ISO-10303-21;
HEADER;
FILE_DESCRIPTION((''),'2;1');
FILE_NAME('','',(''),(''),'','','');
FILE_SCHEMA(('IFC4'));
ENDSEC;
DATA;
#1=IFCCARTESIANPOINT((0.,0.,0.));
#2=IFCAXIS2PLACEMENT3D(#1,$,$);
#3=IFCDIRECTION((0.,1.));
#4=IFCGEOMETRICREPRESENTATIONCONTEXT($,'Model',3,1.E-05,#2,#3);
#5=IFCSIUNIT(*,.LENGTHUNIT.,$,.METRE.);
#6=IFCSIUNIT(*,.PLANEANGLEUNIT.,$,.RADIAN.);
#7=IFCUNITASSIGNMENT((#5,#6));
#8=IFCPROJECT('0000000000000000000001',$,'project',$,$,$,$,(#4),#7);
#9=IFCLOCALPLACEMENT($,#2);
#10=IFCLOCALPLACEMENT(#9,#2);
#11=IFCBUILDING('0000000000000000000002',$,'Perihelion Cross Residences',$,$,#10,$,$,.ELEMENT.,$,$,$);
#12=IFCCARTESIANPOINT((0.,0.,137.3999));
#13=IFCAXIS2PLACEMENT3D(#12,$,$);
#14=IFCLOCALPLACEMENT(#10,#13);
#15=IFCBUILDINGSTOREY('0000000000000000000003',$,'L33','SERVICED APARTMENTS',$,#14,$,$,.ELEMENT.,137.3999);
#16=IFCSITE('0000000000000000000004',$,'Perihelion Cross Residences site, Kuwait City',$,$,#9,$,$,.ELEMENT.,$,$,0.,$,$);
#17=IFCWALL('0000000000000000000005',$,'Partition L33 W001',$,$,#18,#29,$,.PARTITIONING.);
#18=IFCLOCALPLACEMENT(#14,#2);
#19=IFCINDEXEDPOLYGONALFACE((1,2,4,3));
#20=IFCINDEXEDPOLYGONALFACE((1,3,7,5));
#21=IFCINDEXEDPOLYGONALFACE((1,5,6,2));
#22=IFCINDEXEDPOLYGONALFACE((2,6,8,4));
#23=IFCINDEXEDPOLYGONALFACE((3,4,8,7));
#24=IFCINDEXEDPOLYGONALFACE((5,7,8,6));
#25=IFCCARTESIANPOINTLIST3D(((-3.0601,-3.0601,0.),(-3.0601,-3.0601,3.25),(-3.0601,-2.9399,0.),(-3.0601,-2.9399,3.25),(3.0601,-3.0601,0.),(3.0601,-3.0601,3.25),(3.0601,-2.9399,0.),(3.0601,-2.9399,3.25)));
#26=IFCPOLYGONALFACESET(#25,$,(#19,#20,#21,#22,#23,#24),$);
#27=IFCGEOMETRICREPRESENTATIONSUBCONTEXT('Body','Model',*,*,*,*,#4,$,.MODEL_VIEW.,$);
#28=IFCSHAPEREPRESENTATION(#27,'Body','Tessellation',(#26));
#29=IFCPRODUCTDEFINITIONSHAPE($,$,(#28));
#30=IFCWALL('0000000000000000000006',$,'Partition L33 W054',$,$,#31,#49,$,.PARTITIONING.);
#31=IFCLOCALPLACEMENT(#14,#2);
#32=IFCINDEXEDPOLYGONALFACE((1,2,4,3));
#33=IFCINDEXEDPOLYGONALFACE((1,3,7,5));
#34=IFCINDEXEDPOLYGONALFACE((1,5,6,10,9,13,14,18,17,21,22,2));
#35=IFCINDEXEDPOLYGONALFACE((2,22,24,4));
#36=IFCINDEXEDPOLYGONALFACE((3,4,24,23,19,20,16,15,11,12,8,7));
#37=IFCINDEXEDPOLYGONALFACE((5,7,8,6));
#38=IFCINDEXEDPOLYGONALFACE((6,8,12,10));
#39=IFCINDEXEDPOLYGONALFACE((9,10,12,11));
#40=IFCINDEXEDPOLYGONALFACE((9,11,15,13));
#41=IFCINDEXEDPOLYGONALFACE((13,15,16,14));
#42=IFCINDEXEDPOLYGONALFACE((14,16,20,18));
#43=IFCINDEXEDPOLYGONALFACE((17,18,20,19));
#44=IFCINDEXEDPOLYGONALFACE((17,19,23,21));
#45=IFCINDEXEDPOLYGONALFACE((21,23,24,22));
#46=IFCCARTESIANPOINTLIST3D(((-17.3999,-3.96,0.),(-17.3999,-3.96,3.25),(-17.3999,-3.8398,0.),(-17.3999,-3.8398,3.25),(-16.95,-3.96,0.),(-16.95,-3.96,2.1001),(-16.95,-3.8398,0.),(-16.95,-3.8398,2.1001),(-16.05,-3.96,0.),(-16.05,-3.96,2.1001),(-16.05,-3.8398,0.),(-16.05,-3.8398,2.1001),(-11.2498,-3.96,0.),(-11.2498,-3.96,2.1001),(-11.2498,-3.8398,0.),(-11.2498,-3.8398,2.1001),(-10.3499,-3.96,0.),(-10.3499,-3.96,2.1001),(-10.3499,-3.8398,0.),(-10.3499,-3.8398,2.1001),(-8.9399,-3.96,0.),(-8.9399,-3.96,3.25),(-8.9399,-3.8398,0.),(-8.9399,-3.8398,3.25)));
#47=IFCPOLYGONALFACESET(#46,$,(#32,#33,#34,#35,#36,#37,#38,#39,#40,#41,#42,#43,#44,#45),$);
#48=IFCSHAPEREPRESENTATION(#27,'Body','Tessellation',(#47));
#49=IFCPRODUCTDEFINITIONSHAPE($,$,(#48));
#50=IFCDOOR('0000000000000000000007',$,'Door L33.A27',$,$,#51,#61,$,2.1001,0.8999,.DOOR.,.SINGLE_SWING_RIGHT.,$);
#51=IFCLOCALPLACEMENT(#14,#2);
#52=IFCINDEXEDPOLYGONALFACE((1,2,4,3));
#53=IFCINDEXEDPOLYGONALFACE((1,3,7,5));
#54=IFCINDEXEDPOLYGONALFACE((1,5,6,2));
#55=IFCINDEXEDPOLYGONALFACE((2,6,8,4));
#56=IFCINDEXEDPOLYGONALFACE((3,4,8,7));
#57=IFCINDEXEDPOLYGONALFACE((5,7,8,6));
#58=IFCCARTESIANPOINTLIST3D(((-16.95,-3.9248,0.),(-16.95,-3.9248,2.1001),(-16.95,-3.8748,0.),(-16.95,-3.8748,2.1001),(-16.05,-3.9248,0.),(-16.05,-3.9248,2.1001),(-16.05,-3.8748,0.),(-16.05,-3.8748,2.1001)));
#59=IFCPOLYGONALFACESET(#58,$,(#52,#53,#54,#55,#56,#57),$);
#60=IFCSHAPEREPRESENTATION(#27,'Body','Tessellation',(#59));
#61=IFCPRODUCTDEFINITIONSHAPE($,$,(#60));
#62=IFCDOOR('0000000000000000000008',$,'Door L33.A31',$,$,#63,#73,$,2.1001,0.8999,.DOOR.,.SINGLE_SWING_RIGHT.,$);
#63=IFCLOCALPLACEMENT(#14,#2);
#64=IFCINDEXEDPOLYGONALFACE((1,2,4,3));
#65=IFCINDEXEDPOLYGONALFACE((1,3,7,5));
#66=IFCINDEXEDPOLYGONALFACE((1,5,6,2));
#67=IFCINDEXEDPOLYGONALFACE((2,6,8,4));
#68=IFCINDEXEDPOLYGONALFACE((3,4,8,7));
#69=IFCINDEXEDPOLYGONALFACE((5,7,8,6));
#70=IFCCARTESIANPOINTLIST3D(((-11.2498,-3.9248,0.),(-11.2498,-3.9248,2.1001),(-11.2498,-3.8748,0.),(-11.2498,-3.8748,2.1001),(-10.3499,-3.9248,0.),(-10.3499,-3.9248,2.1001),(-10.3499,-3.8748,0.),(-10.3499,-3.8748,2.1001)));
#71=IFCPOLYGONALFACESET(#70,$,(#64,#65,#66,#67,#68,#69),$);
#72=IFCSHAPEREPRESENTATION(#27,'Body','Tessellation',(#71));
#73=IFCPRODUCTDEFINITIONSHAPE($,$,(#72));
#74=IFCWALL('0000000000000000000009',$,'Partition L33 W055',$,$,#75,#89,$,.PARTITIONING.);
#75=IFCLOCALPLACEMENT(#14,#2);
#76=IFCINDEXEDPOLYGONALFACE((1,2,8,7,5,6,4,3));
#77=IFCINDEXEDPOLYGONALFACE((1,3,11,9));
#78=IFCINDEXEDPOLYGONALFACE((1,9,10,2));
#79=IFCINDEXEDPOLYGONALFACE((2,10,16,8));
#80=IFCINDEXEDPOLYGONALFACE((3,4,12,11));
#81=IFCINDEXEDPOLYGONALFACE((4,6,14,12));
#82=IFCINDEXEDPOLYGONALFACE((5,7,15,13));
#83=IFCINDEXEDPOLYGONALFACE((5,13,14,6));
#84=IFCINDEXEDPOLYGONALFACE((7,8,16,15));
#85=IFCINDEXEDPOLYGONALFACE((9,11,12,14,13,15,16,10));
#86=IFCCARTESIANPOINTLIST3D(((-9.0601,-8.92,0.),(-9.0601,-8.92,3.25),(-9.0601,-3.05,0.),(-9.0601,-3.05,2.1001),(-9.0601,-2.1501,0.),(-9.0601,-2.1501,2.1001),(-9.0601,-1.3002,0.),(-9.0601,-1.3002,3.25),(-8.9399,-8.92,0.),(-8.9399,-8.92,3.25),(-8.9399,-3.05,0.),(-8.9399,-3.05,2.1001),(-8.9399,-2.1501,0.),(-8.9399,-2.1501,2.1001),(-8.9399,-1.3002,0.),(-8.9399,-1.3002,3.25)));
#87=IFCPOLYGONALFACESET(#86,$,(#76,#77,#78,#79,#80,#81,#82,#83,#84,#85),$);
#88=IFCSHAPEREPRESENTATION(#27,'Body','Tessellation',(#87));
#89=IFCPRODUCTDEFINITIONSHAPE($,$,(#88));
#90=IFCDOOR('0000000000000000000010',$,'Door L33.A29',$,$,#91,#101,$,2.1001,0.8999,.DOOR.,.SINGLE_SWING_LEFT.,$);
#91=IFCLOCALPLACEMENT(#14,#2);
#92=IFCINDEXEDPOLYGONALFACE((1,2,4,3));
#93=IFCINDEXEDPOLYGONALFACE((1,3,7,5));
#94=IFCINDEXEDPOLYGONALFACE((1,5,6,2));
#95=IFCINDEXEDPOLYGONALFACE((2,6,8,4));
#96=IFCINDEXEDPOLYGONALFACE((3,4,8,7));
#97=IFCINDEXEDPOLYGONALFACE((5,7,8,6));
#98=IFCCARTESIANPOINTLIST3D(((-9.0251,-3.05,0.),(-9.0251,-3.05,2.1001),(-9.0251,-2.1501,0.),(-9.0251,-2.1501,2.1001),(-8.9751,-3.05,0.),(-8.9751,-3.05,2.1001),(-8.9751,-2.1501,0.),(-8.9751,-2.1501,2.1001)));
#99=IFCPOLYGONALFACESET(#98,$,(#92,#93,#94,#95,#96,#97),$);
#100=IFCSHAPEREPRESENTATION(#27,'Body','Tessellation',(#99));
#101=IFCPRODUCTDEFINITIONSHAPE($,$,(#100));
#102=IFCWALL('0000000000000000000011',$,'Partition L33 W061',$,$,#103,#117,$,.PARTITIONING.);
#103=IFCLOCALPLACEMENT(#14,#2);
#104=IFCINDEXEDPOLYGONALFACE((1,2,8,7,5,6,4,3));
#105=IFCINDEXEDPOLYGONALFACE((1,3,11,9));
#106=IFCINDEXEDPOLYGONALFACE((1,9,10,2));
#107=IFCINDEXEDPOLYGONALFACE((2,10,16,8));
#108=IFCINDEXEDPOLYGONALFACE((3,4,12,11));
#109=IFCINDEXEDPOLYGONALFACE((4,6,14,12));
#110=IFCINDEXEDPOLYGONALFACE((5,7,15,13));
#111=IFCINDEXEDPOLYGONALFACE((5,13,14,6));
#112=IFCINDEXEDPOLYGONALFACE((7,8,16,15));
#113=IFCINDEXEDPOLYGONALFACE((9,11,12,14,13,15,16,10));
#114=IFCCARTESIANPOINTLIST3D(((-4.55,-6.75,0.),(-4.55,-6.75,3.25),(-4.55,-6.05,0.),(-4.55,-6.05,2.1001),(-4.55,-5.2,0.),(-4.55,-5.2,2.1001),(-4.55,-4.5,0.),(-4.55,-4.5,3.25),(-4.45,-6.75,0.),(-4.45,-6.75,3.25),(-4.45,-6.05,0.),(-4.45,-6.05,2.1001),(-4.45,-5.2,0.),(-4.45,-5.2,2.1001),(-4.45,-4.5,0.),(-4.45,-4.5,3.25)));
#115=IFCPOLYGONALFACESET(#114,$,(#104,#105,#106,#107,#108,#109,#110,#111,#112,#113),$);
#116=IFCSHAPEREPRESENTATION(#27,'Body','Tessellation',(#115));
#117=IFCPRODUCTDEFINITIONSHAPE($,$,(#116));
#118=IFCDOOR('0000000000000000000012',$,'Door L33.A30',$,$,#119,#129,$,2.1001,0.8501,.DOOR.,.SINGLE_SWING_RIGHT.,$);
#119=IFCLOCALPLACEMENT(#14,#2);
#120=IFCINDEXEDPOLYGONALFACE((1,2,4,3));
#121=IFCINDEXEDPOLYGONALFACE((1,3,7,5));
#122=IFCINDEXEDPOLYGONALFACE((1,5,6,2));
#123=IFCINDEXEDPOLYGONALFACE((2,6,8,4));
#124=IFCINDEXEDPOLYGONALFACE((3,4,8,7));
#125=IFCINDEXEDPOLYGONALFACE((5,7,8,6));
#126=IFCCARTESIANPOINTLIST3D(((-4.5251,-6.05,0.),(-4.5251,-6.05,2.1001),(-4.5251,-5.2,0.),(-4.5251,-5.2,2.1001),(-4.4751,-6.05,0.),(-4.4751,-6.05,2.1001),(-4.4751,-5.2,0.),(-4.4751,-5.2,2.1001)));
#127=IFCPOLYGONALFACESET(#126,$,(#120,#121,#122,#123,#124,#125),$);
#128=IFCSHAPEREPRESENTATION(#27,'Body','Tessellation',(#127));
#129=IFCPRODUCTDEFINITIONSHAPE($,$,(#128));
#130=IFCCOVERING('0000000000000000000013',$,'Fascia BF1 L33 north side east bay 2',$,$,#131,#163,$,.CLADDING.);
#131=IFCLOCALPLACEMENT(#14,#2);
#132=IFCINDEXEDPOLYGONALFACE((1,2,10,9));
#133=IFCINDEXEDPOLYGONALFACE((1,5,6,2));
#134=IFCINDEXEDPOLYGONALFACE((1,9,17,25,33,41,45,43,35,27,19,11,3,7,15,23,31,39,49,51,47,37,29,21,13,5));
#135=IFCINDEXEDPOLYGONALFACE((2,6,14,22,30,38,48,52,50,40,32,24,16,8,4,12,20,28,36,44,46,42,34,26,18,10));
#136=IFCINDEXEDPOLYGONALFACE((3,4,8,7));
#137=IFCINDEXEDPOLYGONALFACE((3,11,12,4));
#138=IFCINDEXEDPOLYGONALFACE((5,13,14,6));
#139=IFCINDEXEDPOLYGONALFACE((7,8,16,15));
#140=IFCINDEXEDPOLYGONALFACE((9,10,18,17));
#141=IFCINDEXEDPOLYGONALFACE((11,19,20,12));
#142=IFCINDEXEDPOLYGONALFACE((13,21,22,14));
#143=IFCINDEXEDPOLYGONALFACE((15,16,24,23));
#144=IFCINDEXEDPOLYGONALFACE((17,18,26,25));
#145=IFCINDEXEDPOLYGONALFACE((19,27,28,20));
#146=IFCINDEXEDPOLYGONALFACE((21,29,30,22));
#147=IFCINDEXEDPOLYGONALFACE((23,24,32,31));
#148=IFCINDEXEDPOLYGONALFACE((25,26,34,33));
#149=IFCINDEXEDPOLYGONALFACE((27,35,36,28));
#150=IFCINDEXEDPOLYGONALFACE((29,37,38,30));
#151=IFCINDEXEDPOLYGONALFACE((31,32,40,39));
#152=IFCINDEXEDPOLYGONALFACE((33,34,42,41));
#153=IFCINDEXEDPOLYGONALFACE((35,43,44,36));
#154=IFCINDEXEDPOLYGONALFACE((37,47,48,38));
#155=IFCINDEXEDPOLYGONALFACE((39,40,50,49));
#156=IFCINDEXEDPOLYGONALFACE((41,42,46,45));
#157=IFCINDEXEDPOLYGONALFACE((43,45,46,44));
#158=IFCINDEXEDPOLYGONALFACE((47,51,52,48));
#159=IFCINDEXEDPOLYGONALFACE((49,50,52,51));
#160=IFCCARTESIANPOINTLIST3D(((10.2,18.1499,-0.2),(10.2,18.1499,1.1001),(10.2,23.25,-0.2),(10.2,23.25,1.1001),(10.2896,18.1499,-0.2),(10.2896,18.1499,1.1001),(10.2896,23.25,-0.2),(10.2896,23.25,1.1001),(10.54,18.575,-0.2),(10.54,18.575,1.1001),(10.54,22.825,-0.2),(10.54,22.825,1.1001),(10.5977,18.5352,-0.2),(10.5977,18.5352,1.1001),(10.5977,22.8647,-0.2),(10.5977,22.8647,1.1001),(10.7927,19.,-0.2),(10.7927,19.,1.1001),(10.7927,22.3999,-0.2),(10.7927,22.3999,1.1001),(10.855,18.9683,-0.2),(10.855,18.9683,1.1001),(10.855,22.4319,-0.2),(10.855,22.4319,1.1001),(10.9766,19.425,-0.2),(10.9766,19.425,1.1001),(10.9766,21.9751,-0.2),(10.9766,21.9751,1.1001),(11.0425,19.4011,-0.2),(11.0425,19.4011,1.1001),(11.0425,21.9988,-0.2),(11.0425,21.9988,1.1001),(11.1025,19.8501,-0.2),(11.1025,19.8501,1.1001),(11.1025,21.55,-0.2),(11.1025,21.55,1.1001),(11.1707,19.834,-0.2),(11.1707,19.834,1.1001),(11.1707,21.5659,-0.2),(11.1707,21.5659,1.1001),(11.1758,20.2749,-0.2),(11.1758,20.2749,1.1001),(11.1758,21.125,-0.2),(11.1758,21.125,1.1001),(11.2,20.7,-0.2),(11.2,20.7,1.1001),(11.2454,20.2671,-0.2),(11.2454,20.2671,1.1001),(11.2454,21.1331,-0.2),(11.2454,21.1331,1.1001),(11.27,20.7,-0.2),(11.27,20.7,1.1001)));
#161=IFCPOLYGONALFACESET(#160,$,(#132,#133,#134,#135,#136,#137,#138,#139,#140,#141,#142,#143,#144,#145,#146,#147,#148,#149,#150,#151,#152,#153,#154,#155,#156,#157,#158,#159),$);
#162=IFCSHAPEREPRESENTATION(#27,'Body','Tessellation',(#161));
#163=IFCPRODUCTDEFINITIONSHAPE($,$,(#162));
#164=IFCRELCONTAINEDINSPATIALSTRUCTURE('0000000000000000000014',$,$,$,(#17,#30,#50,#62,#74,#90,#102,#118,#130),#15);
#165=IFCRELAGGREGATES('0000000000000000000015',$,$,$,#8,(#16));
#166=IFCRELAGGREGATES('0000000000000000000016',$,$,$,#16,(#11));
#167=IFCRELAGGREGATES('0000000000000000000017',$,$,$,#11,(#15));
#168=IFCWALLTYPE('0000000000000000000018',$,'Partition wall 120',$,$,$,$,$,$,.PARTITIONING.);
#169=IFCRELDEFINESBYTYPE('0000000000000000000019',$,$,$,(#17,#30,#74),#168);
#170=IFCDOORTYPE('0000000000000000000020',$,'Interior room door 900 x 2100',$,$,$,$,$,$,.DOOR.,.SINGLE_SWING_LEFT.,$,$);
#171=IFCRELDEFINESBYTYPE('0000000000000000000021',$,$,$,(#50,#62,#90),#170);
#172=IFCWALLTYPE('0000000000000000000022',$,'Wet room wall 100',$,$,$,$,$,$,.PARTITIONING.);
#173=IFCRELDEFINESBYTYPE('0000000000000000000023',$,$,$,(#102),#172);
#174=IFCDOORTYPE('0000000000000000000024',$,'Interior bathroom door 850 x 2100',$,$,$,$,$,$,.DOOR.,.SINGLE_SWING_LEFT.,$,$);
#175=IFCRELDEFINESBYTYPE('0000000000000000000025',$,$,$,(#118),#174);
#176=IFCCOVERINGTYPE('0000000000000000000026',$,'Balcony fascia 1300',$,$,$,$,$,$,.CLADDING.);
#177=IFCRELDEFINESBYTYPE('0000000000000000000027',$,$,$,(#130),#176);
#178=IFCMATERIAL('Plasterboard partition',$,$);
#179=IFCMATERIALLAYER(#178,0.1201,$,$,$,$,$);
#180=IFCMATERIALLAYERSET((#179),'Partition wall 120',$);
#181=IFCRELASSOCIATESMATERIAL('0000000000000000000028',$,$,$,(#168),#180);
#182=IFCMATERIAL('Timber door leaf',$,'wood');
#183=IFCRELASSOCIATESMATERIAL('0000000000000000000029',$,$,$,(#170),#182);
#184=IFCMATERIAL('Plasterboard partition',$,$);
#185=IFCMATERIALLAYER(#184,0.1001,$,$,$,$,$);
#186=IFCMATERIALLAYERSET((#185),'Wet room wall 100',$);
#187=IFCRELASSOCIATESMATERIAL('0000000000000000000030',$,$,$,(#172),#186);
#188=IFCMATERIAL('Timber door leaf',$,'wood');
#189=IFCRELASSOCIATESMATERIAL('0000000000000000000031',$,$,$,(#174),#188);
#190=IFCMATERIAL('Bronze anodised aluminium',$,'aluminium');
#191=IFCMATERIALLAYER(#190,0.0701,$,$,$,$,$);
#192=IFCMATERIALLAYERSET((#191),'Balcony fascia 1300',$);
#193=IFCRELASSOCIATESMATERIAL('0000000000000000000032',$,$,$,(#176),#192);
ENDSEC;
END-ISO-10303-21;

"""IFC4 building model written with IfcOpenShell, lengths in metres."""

from ifc_helpers import new_model, si_unit, direction, frame, frame_2d, origin, place, context, subcontext, project, spatial, polyline, rectangle, outline, extrude, material, layer, layer_set, type_object, element, fill, save


model = new_model("IFC4")

# Units and contexts
model_context = context("Model", 3, precision=1e-05, world=origin(), true_north=direction((0.0, 1.0)))
body_context = subcontext(model_context, "Body", "Model", "MODEL_VIEW")
ifc_project = project(units=[si_unit("LENGTHUNIT", "METRE"), si_unit("PLANEANGLEUNIT", "RADIAN")], contexts=[model_context])

# Site, building, storey
site_placement = place(None, origin())
site = spatial("IfcSite", under=ifc_project, at=site_placement, Name="Perihelion Cross Residences site, Kuwait City", CompositionType="ELEMENT", RefElevation=0.0)
building_placement = place(site_placement, origin())
building = spatial("IfcBuilding", under=site, at=building_placement, Name="Perihelion Cross Residences", CompositionType="ELEMENT")
storey_placement = place(building_placement, frame((0.0, 0.0, 137.3999)))
storey = spatial("IfcBuildingStorey", under=building, at=storey_placement, Name="L33", Description="SERVICED APARTMENTS", CompositionType="ELEMENT", Elevation=137.3999)

# Wall
ifc_material_1 = material(Name="Plasterboard partition")
ifc_layer_1 = layer(ifc_material_1, 0.1201)
ifc_layer_set_1 = layer_set([ifc_layer_1], Name="Partition wall 120")
wall_type_1 = type_object("IfcWallType", Name="Partition wall 120", PredefinedType="PARTITIONING", material=ifc_layer_set_1)
wall_1_placement = place(storey_placement, frame((-3.0601, -3.0, 0.0), z_axis=(0.0, 0.0, 1.0), x_axis=(1.0, 0.0, 0.0)))
element("IfcWall", 1, at=wall_1_placement, inside=storey, type_object=wall_type_1, Name="Partition L33 W001", PredefinedType="PARTITIONING", context=body_context, shape_type="SweptSolid", body=[
    extrude(rectangle(XDim=6.1201, YDim=0.1201, at=frame_2d((3.0601, 0.0))), origin(), (0.0, 0.0, 1.0), 3.25),
])

# Wall, openings, doors
wall_2_placement = place(storey_placement, frame((-8.9399, -3.8999, 0.0), z_axis=(0.0, 0.0, 1.0), x_axis=(-1.0, 0.0, 0.0)))
wall_2 = element("IfcWall", 2, at=wall_2_placement, inside=storey, type_object=wall_type_1, Name="Partition L33 W054", PredefinedType="PARTITIONING", context=body_context, shape_type="SweptSolid", body=[
    extrude(rectangle(XDim=8.46, YDim=0.1201, at=frame_2d((4.23, 0.0))), origin(), (0.0, 0.0, 1.0), 3.25),
])
opening_1_placement = place(wall_2_placement, frame((7.1101, 0.0, 0.0)))
opening_1 = element("IfcOpeningElement", 3, at=opening_1_placement, cuts=wall_2, PredefinedType="OPENING", context=body_context, shape_type="SweptSolid", body=[
    extrude(rectangle(XDim=0.8999, YDim=2.1001, at=frame_2d((0.45, 1.05))), frame((0.0, 0.0701, 0.0), z_axis=(0.0, -1.0, 0.0), x_axis=(1.0, 0.0, 0.0)), (0.0, 0.0, 1.0), 0.1401),
])
opening_2_placement = place(wall_2_placement, frame((1.4099, 0.0, 0.0)))
opening_2 = element("IfcOpeningElement", 4, at=opening_2_placement, cuts=wall_2, PredefinedType="OPENING", context=body_context, shape_type="SweptSolid", body=[
    extrude(rectangle(XDim=0.8999, YDim=2.1001, at=frame_2d((0.45, 1.05))), frame((0.0, 0.0701, 0.0), z_axis=(0.0, -1.0, 0.0), x_axis=(1.0, 0.0, 0.0)), (0.0, 0.0, 1.0), 0.1401),
])
ifc_material_2 = material(Name="Timber door leaf", Category="wood")
door_type_1 = type_object("IfcDoorType", Name="Interior room door 900 x 2100", OperationType="SINGLE_SWING_LEFT", PredefinedType="DOOR", material=ifc_material_2)
door_1_placement = place(opening_1_placement, origin())
door_1 = element("IfcDoor", 5, at=door_1_placement, inside=storey, type_object=door_type_1, Name="Door L33.A27", OperationType="SINGLE_SWING_RIGHT", OverallHeight=2.1001, OverallWidth=0.8999, PredefinedType="DOOR", context=body_context, shape_type="SweptSolid", body=[
    extrude(rectangle(XDim=0.8999, YDim=2.1001, at=frame_2d((0.45, 1.05))), frame((0.0, 0.0249, 0.0), z_axis=(0.0, -1.0, 0.0), x_axis=(1.0, 0.0, 0.0)), (0.0, 0.0, 1.0), 0.05),
])
fill(opening_1, door_1)
door_2_placement = place(opening_2_placement, origin())
door_2 = element("IfcDoor", 6, at=door_2_placement, inside=storey, type_object=door_type_1, Name="Door L33.A31", OperationType="SINGLE_SWING_RIGHT", OverallHeight=2.1001, OverallWidth=0.8999, PredefinedType="DOOR", context=body_context, shape_type="SweptSolid", body=[
    extrude(rectangle(XDim=0.8999, YDim=2.1001, at=frame_2d((0.45, 1.05))), frame((0.0, 0.0249, 0.0), z_axis=(0.0, -1.0, 0.0), x_axis=(1.0, 0.0, 0.0)), (0.0, 0.0, 1.0), 0.05),
])
fill(opening_2, door_2)

# Walls, openings, doors
wall_3_placement = place(storey_placement, frame((-9.0, -1.3, 0.0), z_axis=(0.0, 0.0, 1.0), x_axis=(0.0, -1.0, 0.0)))
wall_3 = element("IfcWall", 7, at=wall_3_placement, inside=storey, type_object=wall_type_1, Name="Partition L33 W055", PredefinedType="PARTITIONING", context=body_context, shape_type="SweptSolid", body=[
    extrude(rectangle(XDim=7.6199, YDim=0.1201, at=frame_2d((3.8101, 0.0))), origin(), (0.0, 0.0, 1.0), 3.25),
])
opening_3_placement = place(wall_3_placement, frame((0.8501, 0.0, 0.0)))
opening_3 = element("IfcOpeningElement", 8, at=opening_3_placement, cuts=wall_3, PredefinedType="OPENING", context=body_context, shape_type="SweptSolid", body=[
    extrude(rectangle(XDim=0.8999, YDim=2.1001, at=frame_2d((0.45, 1.05))), frame((0.0, 0.0701, 0.0), z_axis=(0.0, -1.0, 0.0), x_axis=(1.0, 0.0, 0.0)), (0.0, 0.0, 1.0), 0.1401),
])
door_3_placement = place(opening_3_placement, origin())
door_3 = element("IfcDoor", 9, at=door_3_placement, inside=storey, type_object=door_type_1, Name="Door L33.A29", OperationType="SINGLE_SWING_LEFT", OverallHeight=2.1001, OverallWidth=0.8999, PredefinedType="DOOR", context=body_context, shape_type="SweptSolid", body=[
    extrude(rectangle(XDim=0.8999, YDim=2.1001, at=frame_2d((0.45, 1.05))), frame((0.0, 0.0249, 0.0), z_axis=(0.0, -1.0, 0.0), x_axis=(1.0, 0.0, 0.0)), (0.0, 0.0, 1.0), 0.05),
])
fill(opening_3, door_3)
ifc_material_3 = material(Name="Plasterboard partition")
ifc_layer_2 = layer(ifc_material_3, 0.1001)
ifc_layer_set_2 = layer_set([ifc_layer_2], Name="Wet room wall 100")
wall_type_2 = type_object("IfcWallType", Name="Wet room wall 100", PredefinedType="PARTITIONING", material=ifc_layer_set_2)
wall_4_placement = place(storey_placement, frame((-4.5, -4.5, 0.0), z_axis=(0.0, 0.0, 1.0), x_axis=(0.0, -1.0, 0.0)))
wall_4 = element("IfcWall", 10, at=wall_4_placement, inside=storey, type_object=wall_type_2, Name="Partition L33 W061", PredefinedType="PARTITIONING", context=body_context, shape_type="SweptSolid", body=[
    extrude(rectangle(XDim=2.25, YDim=0.1001, at=frame_2d((1.125, 0.0))), origin(), (0.0, 0.0, 1.0), 3.25),
])
opening_4_placement = place(wall_4_placement, frame((0.7, 0.0, 0.0)))
opening_4 = element("IfcOpeningElement", 11, at=opening_4_placement, cuts=wall_4, PredefinedType="OPENING", context=body_context, shape_type="SweptSolid", body=[
    extrude(rectangle(XDim=0.8501, YDim=2.1001, at=frame_2d((0.425, 1.05))), frame((0.0, 0.0601, 0.0), z_axis=(0.0, -1.0, 0.0), x_axis=(1.0, 0.0, 0.0)), (0.0, 0.0, 1.0), 0.1201),
])
ifc_material_4 = material(Name="Timber door leaf", Category="wood")
door_type_2 = type_object("IfcDoorType", Name="Interior bathroom door 850 x 2100", OperationType="SINGLE_SWING_LEFT", PredefinedType="DOOR", material=ifc_material_4)
door_4_placement = place(opening_4_placement, origin())
door_4 = element("IfcDoor", 12, at=door_4_placement, inside=storey, type_object=door_type_2, Name="Door L33.A30", OperationType="SINGLE_SWING_RIGHT", OverallHeight=2.1001, OverallWidth=0.8501, PredefinedType="DOOR", context=body_context, shape_type="SweptSolid", body=[
    extrude(rectangle(XDim=0.8501, YDim=2.1001, at=frame_2d((0.425, 1.05))), frame((0.0, 0.0249, 0.0), z_axis=(0.0, -1.0, 0.0), x_axis=(1.0, 0.0, 0.0)), (0.0, 0.0, 1.0), 0.05),
])
fill(opening_4, door_4)

# Covering
ifc_material_5 = material(Name="Bronze anodised aluminium", Category="aluminium")
ifc_layer_3 = layer(ifc_material_5, 0.0701)
ifc_layer_set_3 = layer_set([ifc_layer_3], Name="Balcony fascia 1300")
covering_type = type_object("IfcCoveringType", Name="Balcony fascia 1300", PredefinedType="CLADDING", material=ifc_layer_set_3)
covering_1_placement = place(storey_placement, frame((0.0, 0.0, -0.2)))
element("IfcCovering", 13, at=covering_1_placement, inside=storey, type_object=covering_type, Name="Fascia BF1 L33 north side east bay 2", PredefinedType="CLADDING", context=body_context, shape_type="SweptSolid", body=[
    extrude(outline(polyline([(10.5977, 18.5352), (10.855, 18.9683), (11.0425, 19.4011), (11.1707, 19.834), (11.2454, 20.2671), (11.27, 20.7), (11.2454, 21.1331), (11.1707, 21.5659), (11.0425, 21.9988), (10.855, 22.4319), (10.5977, 22.8647), (10.2896, 23.25), (10.2, 23.25), (10.54, 22.825), (10.7927, 22.3999), (10.9766, 21.9751), (11.1025, 21.55), (11.1758, 21.125), (11.2, 20.7), (11.1758, 20.2749), (11.1025, 19.8501), (10.9766, 19.425), (10.7927, 19.0), (10.54, 18.575), (10.2, 18.1499), (10.2896, 18.1499), (10.5977, 18.5352)])), origin(), (0.0, 0.0, 1.0), 1.3),
])

save(model, "model.ifc")
